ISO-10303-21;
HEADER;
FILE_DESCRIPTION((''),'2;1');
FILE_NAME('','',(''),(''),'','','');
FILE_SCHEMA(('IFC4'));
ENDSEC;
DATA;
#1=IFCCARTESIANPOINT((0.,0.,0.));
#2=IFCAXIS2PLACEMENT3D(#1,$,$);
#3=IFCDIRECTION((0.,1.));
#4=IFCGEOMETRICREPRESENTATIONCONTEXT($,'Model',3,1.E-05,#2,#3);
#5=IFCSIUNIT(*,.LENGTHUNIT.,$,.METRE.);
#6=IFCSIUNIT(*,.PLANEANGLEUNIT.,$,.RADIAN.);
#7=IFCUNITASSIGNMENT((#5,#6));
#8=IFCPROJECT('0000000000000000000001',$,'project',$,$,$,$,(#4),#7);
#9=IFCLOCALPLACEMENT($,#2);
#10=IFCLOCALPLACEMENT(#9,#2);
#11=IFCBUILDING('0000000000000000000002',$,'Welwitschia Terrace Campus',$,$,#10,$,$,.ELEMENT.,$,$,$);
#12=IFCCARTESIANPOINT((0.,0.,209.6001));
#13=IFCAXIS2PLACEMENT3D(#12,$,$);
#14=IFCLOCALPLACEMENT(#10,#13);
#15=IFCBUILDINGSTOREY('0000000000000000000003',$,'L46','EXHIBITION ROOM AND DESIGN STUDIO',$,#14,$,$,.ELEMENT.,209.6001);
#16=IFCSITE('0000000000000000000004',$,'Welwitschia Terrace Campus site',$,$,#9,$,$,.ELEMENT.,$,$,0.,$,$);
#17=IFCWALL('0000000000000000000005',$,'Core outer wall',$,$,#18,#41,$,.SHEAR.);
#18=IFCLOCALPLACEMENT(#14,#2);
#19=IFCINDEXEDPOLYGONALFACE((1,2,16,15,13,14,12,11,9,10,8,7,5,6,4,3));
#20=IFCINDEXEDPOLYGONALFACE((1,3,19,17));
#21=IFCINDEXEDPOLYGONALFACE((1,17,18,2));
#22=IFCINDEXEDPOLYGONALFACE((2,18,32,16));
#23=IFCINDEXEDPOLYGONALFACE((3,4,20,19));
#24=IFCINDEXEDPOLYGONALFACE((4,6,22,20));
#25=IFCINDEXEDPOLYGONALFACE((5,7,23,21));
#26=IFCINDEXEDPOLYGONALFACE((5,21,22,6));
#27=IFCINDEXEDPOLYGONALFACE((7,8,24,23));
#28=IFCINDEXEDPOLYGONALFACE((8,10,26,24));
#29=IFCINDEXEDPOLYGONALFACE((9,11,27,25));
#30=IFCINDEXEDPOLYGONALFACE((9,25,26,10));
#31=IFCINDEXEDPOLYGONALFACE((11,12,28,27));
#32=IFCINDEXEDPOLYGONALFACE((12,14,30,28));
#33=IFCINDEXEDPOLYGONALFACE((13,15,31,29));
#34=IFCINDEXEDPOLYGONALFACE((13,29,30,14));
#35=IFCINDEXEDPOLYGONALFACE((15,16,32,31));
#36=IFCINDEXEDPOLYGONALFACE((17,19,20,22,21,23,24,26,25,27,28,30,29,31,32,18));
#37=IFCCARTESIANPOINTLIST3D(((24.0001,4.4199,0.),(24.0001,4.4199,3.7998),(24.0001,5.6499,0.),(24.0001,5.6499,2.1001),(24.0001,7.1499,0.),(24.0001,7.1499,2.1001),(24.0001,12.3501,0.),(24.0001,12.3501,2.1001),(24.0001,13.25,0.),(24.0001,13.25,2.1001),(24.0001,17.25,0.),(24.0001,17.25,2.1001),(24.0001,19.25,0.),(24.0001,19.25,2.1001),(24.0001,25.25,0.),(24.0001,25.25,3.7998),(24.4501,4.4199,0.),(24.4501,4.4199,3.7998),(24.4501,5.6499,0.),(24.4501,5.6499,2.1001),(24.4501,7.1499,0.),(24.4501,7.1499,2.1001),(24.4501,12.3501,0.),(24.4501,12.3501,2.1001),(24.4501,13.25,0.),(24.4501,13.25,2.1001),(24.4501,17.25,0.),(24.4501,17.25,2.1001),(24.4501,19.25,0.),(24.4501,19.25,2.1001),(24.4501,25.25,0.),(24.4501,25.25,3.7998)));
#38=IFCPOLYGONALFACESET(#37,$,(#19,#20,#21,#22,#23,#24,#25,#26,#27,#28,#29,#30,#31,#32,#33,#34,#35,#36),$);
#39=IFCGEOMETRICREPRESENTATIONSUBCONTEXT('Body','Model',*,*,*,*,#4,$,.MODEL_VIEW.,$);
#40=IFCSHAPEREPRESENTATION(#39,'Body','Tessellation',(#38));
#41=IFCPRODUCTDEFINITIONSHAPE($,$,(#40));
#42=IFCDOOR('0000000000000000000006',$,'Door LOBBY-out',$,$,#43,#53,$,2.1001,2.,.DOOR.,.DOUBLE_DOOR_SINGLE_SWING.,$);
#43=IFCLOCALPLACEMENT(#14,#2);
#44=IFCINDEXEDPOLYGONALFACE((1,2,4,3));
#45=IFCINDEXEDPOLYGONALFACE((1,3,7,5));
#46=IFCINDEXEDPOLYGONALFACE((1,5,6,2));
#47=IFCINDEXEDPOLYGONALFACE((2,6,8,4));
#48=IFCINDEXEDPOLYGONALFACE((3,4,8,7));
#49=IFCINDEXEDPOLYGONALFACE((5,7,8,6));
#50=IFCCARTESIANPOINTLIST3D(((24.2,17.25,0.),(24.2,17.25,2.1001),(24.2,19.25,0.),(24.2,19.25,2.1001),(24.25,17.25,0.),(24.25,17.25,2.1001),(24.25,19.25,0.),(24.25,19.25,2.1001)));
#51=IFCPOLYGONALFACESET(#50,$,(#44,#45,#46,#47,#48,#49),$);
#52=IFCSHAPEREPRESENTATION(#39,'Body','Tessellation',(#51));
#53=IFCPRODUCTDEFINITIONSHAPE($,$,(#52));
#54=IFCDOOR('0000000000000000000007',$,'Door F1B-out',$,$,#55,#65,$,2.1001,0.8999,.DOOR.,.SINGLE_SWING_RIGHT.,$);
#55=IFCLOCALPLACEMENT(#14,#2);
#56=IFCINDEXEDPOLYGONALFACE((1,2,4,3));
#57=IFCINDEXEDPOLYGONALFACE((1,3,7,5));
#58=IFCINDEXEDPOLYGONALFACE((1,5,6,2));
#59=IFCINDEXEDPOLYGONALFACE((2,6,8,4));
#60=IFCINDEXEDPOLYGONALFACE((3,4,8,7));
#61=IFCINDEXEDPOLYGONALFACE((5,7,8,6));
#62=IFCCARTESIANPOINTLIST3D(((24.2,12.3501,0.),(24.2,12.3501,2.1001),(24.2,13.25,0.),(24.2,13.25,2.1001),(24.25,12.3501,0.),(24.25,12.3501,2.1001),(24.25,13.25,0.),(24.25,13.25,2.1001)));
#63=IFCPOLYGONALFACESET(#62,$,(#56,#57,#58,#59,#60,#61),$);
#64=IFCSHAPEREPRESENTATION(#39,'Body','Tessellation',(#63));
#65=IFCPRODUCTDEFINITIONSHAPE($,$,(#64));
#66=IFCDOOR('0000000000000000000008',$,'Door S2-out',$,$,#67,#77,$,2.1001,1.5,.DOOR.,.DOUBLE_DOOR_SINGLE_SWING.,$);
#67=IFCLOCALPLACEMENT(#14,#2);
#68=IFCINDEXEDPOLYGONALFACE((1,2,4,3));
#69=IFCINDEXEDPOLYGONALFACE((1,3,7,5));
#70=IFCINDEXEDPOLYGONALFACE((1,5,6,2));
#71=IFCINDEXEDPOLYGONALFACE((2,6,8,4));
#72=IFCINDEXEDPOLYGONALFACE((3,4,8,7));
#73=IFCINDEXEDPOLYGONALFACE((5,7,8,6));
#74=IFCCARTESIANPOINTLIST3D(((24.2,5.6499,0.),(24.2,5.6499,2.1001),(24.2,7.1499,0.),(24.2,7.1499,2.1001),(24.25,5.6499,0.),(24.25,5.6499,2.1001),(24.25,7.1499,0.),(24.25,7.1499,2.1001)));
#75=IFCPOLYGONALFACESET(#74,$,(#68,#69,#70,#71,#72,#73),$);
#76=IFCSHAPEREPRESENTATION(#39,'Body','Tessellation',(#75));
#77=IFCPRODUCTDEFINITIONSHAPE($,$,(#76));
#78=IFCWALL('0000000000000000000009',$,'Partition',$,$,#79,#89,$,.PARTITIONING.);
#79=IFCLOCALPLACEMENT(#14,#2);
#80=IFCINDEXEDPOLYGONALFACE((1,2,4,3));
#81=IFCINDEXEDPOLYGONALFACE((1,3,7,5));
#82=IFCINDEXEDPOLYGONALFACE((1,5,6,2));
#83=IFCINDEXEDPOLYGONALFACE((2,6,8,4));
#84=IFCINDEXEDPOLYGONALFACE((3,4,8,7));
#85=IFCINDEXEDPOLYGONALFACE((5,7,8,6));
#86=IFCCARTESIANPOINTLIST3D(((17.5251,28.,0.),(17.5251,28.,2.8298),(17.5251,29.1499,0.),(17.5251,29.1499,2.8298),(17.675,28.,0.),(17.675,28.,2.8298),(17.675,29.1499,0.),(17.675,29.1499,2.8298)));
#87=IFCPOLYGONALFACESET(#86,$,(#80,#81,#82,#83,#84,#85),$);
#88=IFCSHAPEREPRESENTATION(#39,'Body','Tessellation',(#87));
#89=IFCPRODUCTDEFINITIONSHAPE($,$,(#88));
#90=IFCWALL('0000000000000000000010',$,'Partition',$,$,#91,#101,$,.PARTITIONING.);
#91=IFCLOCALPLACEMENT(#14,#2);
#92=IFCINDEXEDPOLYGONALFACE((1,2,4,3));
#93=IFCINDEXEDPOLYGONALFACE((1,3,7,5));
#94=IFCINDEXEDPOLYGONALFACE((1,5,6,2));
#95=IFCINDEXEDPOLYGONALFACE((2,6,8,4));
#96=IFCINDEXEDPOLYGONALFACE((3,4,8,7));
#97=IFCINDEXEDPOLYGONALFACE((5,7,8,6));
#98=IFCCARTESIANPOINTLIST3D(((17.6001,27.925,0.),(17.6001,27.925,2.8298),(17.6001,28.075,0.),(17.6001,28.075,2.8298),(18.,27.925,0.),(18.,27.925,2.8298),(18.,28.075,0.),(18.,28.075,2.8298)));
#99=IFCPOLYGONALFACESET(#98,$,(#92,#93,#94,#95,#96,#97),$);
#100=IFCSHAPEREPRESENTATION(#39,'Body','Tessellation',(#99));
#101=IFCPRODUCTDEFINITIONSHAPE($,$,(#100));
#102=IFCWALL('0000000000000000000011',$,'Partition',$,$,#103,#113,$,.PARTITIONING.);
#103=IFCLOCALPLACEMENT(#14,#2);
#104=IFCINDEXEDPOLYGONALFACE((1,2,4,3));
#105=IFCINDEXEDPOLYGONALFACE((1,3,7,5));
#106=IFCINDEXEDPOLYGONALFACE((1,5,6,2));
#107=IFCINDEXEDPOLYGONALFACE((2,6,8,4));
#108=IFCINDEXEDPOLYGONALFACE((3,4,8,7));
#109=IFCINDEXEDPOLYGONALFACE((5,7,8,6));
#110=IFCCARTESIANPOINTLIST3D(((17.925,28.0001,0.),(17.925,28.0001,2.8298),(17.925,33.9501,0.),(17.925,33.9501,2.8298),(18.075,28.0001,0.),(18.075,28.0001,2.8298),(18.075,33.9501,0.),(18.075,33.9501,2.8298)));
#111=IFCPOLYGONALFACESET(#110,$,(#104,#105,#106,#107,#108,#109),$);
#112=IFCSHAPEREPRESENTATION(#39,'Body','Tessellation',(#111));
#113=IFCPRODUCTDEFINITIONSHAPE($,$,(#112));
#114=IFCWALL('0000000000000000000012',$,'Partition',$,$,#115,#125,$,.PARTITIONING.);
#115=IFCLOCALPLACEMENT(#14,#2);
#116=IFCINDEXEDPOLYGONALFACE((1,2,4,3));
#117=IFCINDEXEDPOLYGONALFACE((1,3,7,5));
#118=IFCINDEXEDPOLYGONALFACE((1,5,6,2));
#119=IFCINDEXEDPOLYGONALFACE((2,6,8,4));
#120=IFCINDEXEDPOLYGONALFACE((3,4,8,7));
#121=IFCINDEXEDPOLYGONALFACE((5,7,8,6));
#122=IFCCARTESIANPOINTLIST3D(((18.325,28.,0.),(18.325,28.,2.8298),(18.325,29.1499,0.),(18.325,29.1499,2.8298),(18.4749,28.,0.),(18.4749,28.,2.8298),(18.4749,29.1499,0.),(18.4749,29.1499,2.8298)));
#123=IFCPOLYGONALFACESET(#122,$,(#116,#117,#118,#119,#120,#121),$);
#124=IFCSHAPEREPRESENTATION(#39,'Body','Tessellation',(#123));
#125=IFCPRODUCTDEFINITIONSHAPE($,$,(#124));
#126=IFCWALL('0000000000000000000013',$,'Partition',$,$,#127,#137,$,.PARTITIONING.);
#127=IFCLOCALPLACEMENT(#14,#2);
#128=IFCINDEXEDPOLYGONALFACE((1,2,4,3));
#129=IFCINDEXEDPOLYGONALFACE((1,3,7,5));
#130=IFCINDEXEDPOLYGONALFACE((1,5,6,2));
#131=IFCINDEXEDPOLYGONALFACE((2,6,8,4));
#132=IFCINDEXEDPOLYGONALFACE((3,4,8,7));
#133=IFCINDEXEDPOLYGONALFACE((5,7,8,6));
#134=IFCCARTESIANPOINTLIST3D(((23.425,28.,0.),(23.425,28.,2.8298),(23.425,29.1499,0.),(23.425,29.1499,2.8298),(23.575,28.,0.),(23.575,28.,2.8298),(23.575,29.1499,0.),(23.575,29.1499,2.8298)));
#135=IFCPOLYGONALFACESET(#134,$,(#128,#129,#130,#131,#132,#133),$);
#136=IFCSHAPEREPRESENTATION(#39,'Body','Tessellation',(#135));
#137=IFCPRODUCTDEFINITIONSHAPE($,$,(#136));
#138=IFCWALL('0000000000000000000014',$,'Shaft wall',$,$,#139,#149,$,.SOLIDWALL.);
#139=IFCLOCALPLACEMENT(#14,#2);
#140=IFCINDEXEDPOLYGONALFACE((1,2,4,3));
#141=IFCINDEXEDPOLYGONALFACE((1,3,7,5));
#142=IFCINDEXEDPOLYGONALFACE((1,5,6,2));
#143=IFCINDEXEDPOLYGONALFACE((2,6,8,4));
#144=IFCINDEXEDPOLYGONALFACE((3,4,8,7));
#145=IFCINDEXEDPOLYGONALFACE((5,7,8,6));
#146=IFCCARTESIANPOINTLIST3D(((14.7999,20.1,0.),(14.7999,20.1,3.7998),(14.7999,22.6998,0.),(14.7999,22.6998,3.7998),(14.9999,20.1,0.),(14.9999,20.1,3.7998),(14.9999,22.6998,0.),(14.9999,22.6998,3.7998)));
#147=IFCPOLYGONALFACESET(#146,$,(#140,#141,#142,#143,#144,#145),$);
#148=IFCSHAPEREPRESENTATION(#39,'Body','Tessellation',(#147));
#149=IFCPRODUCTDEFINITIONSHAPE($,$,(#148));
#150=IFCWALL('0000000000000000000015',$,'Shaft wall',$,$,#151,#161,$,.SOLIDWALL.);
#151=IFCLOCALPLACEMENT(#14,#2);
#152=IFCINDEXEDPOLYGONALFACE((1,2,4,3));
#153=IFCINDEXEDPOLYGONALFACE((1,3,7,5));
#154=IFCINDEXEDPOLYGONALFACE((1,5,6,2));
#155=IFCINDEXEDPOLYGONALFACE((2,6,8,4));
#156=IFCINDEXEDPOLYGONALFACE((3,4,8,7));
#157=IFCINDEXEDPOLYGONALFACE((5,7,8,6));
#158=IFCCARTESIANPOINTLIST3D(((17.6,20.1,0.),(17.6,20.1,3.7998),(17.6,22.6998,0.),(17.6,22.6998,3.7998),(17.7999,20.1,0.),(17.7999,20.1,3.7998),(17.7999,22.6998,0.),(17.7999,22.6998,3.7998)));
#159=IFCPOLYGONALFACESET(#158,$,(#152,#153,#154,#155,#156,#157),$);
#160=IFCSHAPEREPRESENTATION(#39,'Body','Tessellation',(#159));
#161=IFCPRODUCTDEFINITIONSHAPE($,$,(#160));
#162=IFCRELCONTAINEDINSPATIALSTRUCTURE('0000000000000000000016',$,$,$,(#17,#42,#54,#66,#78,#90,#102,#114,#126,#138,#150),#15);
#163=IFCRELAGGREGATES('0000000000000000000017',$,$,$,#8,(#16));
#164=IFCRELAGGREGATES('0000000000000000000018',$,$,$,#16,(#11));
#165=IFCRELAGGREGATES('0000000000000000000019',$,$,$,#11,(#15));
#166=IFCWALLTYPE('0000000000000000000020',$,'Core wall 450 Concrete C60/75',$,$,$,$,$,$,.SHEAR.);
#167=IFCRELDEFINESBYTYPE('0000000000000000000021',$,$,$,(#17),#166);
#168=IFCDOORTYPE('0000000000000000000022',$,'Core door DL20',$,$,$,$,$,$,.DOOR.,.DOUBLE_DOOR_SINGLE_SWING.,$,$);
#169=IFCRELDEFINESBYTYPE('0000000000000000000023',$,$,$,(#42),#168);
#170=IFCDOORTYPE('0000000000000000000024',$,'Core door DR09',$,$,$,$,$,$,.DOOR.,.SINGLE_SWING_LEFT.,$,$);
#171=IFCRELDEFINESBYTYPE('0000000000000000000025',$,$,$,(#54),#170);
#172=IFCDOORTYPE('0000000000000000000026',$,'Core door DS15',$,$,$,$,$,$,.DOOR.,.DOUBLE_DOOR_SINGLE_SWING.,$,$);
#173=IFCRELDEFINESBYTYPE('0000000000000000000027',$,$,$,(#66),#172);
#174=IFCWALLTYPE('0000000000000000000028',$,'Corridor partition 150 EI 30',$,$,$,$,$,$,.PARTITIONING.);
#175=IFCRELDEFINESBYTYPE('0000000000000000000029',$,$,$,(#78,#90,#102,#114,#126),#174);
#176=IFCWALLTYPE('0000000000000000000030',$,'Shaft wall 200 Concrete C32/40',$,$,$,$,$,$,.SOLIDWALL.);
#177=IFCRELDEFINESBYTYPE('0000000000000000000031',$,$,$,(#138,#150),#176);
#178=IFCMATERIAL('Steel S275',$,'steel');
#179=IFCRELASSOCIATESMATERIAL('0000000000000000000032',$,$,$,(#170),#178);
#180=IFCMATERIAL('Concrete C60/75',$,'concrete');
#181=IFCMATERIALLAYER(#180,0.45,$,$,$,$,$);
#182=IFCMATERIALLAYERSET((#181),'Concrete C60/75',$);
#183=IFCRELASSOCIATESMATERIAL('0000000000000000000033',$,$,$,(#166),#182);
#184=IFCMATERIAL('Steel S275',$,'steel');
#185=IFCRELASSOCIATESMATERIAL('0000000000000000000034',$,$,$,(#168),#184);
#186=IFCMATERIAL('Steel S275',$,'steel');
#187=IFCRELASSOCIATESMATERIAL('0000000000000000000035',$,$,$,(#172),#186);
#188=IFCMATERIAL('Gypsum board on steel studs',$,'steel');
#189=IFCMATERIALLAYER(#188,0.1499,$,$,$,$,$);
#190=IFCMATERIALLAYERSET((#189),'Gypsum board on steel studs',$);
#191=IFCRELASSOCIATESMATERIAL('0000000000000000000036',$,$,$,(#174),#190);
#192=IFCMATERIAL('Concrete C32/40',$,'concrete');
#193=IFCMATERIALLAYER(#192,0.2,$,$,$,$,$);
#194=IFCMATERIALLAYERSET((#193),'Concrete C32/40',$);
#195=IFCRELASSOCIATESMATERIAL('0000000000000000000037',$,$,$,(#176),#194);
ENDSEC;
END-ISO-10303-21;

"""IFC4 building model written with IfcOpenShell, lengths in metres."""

from ifc_helpers import new_model, si_unit, direction, frame, frame_2d, origin, place, context, subcontext, project, spatial, rectangle, extrude, material, layer, layer_set, type_object, element, fill, save


model = new_model("IFC4")

# Units and contexts
model_context = context("Model", 3, precision=1e-05, world=origin(), true_north=direction((0.0, 1.0)))
body_context = subcontext(model_context, "Body", "Model", "MODEL_VIEW")
ifc_project = project(units=[si_unit("LENGTHUNIT", "METRE"), si_unit("PLANEANGLEUNIT", "RADIAN")], contexts=[model_context])

# Site, building, storey
site_placement = place(None, origin())
site = spatial("IfcSite", under=ifc_project, at=site_placement, Name="Welwitschia Terrace Campus site", CompositionType="ELEMENT", RefElevation=0.0)
building_placement = place(site_placement, origin())
building = spatial("IfcBuilding", under=site, at=building_placement, Name="Welwitschia Terrace Campus", CompositionType="ELEMENT")
storey_placement = place(building_placement, frame((0.0, 0.0, 209.6001)))
storey = spatial("IfcBuildingStorey", under=building, at=storey_placement, Name="L46", Description="EXHIBITION ROOM AND DESIGN STUDIO", CompositionType="ELEMENT", Elevation=209.6001)

# Shared definitions
ifc_material_1 = material(Name="Steel S275", Category="steel")
door_type_1 = type_object("IfcDoorType", Name="Core door DR09", OperationType="SINGLE_SWING_LEFT", PredefinedType="DOOR", material=ifc_material_1)

# Wall, openings, doors
ifc_material_2 = material(Name="Concrete C60/75", Category="concrete")
ifc_layer_1 = layer(ifc_material_2, 0.45)
ifc_layer_set_1 = layer_set([ifc_layer_1], Name="Concrete C60/75")
wall_type_1 = type_object("IfcWallType", Name="Core wall 450 Concrete C60/75", PredefinedType="SHEAR", material=ifc_layer_set_1)
wall_1_placement = place(storey_placement, frame((24.2251, 25.25, 0.0), z_axis=(0.0, 0.0, 1.0), x_axis=(0.0, -1.0, 0.0)))
wall_1 = element("IfcWall", 1, at=wall_1_placement, inside=storey, type_object=wall_type_1, Name="Core outer wall", PredefinedType="SHEAR", context=body_context, shape_type="SweptSolid", body=[
    extrude(rectangle(XDim=20.8301, YDim=0.45, at=frame_2d((10.415, 0.0))), origin(), (0.0, 0.0, 1.0), 3.7998),
])
opening_1_placement = place(wall_1_placement, frame((18.1001, 0.0, 0.0)))
opening_1 = element("IfcOpeningElement", 2, at=opening_1_placement, cuts=wall_1, PredefinedType="OPENING", context=body_context, shape_type="SweptSolid", body=[
    extrude(rectangle(XDim=1.5, YDim=2.1001, at=frame_2d((0.75, 1.05))), frame((0.0, 0.2349, 0.0), z_axis=(0.0, -1.0, 0.0), x_axis=(1.0, 0.0, 0.0)), (0.0, 0.0, 1.0), 0.47),
])
opening_2_placement = place(wall_1_placement, frame((12.0, 0.0, 0.0)))
opening_2 = element("IfcOpeningElement", 3, at=opening_2_placement, cuts=wall_1, PredefinedType="OPENING", context=body_context, shape_type="SweptSolid", body=[
    extrude(rectangle(XDim=0.8999, YDim=2.1001, at=frame_2d((0.45, 1.05))), frame((0.0, 0.2349, 0.0), z_axis=(0.0, -1.0, 0.0), x_axis=(1.0, 0.0, 0.0)), (0.0, 0.0, 1.0), 0.47),
])
opening_3_placement = place(wall_1_placement, frame((6.0, 0.0, 0.0)))
opening_3 = element("IfcOpeningElement", 4, at=opening_3_placement, cuts=wall_1, PredefinedType="OPENING", context=body_context, shape_type="SweptSolid", body=[
    extrude(rectangle(XDim=2.0, YDim=2.1001, at=frame_2d((1.0, 1.05))), frame((0.0, 0.2349, 0.0), z_axis=(0.0, -1.0, 0.0), x_axis=(1.0, 0.0, 0.0)), (0.0, 0.0, 1.0), 0.47),
])
ifc_material_3 = material(Name="Steel S275", Category="steel")
door_type_2 = type_object("IfcDoorType", Name="Core door DL20", OperationType="DOUBLE_DOOR_SINGLE_SWING", PredefinedType="DOOR", material=ifc_material_3)
door_1_placement = place(opening_3_placement, origin())
door_1 = element("IfcDoor", 5, at=door_1_placement, inside=storey, type_object=door_type_2, Name="Door LOBBY-out", OperationType="DOUBLE_DOOR_SINGLE_SWING", OverallHeight=2.1001, OverallWidth=2.0, PredefinedType="DOOR", context=body_context, shape_type="SweptSolid", body=[
    extrude(rectangle(XDim=2.0, YDim=2.1001, at=frame_2d((1.0, 1.05))), frame((0.0, 0.0249, 0.0), z_axis=(0.0, -1.0, 0.0), x_axis=(1.0, 0.0, 0.0)), (0.0, 0.0, 1.0), 0.05),
])
fill(opening_3, door_1)
door_2_placement = place(opening_2_placement, origin())
door_2 = element("IfcDoor", 6, at=door_2_placement, inside=storey, type_object=door_type_1, Name="Door F1B-out", OperationType="SINGLE_SWING_RIGHT", OverallHeight=2.1001, OverallWidth=0.8999, PredefinedType="DOOR", context=body_context, shape_type="SweptSolid", body=[
    extrude(rectangle(XDim=0.8999, YDim=2.1001, at=frame_2d((0.45, 1.05))), frame((0.0, 0.0249, 0.0), z_axis=(0.0, -1.0, 0.0), x_axis=(1.0, 0.0, 0.0)), (0.0, 0.0, 1.0), 0.05),
])
fill(opening_2, door_2)
ifc_material_4 = material(Name="Steel S275", Category="steel")
door_type_3 = type_object("IfcDoorType", Name="Core door DS15", OperationType="DOUBLE_DOOR_SINGLE_SWING", PredefinedType="DOOR", material=ifc_material_4)
door_3_placement = place(opening_1_placement, origin())
door_3 = element("IfcDoor", 7, at=door_3_placement, inside=storey, type_object=door_type_3, Name="Door S2-out", OperationType="DOUBLE_DOOR_SINGLE_SWING", OverallHeight=2.1001, OverallWidth=1.5, PredefinedType="DOOR", context=body_context, shape_type="SweptSolid", body=[
    extrude(rectangle(XDim=1.5, YDim=2.1001, at=frame_2d((0.75, 1.05))), frame((0.0, 0.0249, 0.0), z_axis=(0.0, -1.0, 0.0), x_axis=(1.0, 0.0, 0.0)), (0.0, 0.0, 1.0), 0.05),
])
fill(opening_1, door_3)

# Walls
ifc_material_5 = material(Name="Gypsum board on steel studs", Category="steel")
ifc_layer_2 = layer(ifc_material_5, 0.1499)
ifc_layer_set_2 = layer_set([ifc_layer_2], Name="Gypsum board on steel studs")
wall_type_2 = type_object("IfcWallType", Name="Corridor partition 150 EI 30", PredefinedType="PARTITIONING", material=ifc_layer_set_2)
wall_2_placement = place(storey_placement, frame((17.6001, 28.0, 0.0), z_axis=(0.0, 0.0, 1.0), x_axis=(0.0, 1.0, 0.0)))
element("IfcWall", 8, at=wall_2_placement, inside=storey, type_object=wall_type_2, Name="Partition", PredefinedType="PARTITIONING", context=body_context, shape_type="SweptSolid", body=[
    extrude(rectangle(XDim=1.1499, YDim=0.1499, at=frame_2d((0.575, 0.0))), origin(), (0.0, 0.0, 1.0), 2.8298),
])
wall_3_placement = place(storey_placement, frame((17.6001, 28.0, 0.0), z_axis=(0.0, 0.0, 1.0), x_axis=(1.0, 0.0, 0.0)))
element("IfcWall", 9, at=wall_3_placement, inside=storey, type_object=wall_type_2, Name="Partition", PredefinedType="PARTITIONING", context=body_context, shape_type="SweptSolid", body=[
    extrude(rectangle(XDim=0.3999, YDim=0.1499, at=frame_2d((0.2, 0.0))), origin(), (0.0, 0.0, 1.0), 2.8298),
])
wall_4_placement = place(storey_placement, frame((18.0, 28.0, 0.0), z_axis=(0.0, 0.0, 1.0), x_axis=(0.0, 1.0, 0.0)))
element("IfcWall", 10, at=wall_4_placement, inside=storey, type_object=wall_type_2, Name="Partition", PredefinedType="PARTITIONING", context=body_context, shape_type="SweptSolid", body=[
    extrude(rectangle(XDim=5.95, YDim=0.1499, at=frame_2d((2.9751, 0.0))), origin(), (0.0, 0.0, 1.0), 2.8298),
])
for number, where, z_axis, x_axis, name in (
    (11, (18.3999, 28.0, 0.0), (0.0, 0.0, 1.0), (0.0, 1.0, 0.0), "Partition"),
    (12, (23.5, 28.0, 0.0), (0.0, 0.0, 1.0), (0.0, 1.0, 0.0), "Partition"),
):
    element("IfcWall", number, at=place(storey_placement, frame(where, z_axis=z_axis, x_axis=x_axis)), inside=storey, type_object=wall_type_2, Name=name, PredefinedType="PARTITIONING", context=body_context, shape_type="SweptSolid", body=[
        extrude(rectangle(XDim=1.1499, YDim=0.1499, at=frame_2d((0.575, 0.0))), origin(), (0.0, 0.0, 1.0), 2.8298),
    ])
ifc_material_6 = material(Name="Concrete C32/40", Category="concrete")
ifc_layer_3 = layer(ifc_material_6, 0.2)
ifc_layer_set_3 = layer_set([ifc_layer_3], Name="Concrete C32/40")
wall_type_3 = type_object("IfcWallType", Name="Shaft wall 200 Concrete C32/40", PredefinedType="SOLIDWALL", material=ifc_layer_set_3)
for number, where, z_axis, x_axis, name in (
    (13, (14.8999, 20.1001, 0.0), (0.0, 0.0, 1.0), (0.0, 1.0, 0.0), "Shaft wall"),
    (14, (17.7, 20.1001, 0.0), (0.0, 0.0, 1.0), (0.0, 1.0, 0.0), "Shaft wall"),
):
    element("IfcWall", number, at=place(storey_placement, frame(where, z_axis=z_axis, x_axis=x_axis)), inside=storey, type_object=wall_type_3, Name=name, PredefinedType="SOLIDWALL", context=body_context, shape_type="SweptSolid", body=[
        extrude(rectangle(XDim=2.5999, YDim=0.2, at=frame_2d((1.2998, 0.0))), origin(), (0.0, 0.0, 1.0), 3.7998),
    ])

save(model, "model.ifc")
